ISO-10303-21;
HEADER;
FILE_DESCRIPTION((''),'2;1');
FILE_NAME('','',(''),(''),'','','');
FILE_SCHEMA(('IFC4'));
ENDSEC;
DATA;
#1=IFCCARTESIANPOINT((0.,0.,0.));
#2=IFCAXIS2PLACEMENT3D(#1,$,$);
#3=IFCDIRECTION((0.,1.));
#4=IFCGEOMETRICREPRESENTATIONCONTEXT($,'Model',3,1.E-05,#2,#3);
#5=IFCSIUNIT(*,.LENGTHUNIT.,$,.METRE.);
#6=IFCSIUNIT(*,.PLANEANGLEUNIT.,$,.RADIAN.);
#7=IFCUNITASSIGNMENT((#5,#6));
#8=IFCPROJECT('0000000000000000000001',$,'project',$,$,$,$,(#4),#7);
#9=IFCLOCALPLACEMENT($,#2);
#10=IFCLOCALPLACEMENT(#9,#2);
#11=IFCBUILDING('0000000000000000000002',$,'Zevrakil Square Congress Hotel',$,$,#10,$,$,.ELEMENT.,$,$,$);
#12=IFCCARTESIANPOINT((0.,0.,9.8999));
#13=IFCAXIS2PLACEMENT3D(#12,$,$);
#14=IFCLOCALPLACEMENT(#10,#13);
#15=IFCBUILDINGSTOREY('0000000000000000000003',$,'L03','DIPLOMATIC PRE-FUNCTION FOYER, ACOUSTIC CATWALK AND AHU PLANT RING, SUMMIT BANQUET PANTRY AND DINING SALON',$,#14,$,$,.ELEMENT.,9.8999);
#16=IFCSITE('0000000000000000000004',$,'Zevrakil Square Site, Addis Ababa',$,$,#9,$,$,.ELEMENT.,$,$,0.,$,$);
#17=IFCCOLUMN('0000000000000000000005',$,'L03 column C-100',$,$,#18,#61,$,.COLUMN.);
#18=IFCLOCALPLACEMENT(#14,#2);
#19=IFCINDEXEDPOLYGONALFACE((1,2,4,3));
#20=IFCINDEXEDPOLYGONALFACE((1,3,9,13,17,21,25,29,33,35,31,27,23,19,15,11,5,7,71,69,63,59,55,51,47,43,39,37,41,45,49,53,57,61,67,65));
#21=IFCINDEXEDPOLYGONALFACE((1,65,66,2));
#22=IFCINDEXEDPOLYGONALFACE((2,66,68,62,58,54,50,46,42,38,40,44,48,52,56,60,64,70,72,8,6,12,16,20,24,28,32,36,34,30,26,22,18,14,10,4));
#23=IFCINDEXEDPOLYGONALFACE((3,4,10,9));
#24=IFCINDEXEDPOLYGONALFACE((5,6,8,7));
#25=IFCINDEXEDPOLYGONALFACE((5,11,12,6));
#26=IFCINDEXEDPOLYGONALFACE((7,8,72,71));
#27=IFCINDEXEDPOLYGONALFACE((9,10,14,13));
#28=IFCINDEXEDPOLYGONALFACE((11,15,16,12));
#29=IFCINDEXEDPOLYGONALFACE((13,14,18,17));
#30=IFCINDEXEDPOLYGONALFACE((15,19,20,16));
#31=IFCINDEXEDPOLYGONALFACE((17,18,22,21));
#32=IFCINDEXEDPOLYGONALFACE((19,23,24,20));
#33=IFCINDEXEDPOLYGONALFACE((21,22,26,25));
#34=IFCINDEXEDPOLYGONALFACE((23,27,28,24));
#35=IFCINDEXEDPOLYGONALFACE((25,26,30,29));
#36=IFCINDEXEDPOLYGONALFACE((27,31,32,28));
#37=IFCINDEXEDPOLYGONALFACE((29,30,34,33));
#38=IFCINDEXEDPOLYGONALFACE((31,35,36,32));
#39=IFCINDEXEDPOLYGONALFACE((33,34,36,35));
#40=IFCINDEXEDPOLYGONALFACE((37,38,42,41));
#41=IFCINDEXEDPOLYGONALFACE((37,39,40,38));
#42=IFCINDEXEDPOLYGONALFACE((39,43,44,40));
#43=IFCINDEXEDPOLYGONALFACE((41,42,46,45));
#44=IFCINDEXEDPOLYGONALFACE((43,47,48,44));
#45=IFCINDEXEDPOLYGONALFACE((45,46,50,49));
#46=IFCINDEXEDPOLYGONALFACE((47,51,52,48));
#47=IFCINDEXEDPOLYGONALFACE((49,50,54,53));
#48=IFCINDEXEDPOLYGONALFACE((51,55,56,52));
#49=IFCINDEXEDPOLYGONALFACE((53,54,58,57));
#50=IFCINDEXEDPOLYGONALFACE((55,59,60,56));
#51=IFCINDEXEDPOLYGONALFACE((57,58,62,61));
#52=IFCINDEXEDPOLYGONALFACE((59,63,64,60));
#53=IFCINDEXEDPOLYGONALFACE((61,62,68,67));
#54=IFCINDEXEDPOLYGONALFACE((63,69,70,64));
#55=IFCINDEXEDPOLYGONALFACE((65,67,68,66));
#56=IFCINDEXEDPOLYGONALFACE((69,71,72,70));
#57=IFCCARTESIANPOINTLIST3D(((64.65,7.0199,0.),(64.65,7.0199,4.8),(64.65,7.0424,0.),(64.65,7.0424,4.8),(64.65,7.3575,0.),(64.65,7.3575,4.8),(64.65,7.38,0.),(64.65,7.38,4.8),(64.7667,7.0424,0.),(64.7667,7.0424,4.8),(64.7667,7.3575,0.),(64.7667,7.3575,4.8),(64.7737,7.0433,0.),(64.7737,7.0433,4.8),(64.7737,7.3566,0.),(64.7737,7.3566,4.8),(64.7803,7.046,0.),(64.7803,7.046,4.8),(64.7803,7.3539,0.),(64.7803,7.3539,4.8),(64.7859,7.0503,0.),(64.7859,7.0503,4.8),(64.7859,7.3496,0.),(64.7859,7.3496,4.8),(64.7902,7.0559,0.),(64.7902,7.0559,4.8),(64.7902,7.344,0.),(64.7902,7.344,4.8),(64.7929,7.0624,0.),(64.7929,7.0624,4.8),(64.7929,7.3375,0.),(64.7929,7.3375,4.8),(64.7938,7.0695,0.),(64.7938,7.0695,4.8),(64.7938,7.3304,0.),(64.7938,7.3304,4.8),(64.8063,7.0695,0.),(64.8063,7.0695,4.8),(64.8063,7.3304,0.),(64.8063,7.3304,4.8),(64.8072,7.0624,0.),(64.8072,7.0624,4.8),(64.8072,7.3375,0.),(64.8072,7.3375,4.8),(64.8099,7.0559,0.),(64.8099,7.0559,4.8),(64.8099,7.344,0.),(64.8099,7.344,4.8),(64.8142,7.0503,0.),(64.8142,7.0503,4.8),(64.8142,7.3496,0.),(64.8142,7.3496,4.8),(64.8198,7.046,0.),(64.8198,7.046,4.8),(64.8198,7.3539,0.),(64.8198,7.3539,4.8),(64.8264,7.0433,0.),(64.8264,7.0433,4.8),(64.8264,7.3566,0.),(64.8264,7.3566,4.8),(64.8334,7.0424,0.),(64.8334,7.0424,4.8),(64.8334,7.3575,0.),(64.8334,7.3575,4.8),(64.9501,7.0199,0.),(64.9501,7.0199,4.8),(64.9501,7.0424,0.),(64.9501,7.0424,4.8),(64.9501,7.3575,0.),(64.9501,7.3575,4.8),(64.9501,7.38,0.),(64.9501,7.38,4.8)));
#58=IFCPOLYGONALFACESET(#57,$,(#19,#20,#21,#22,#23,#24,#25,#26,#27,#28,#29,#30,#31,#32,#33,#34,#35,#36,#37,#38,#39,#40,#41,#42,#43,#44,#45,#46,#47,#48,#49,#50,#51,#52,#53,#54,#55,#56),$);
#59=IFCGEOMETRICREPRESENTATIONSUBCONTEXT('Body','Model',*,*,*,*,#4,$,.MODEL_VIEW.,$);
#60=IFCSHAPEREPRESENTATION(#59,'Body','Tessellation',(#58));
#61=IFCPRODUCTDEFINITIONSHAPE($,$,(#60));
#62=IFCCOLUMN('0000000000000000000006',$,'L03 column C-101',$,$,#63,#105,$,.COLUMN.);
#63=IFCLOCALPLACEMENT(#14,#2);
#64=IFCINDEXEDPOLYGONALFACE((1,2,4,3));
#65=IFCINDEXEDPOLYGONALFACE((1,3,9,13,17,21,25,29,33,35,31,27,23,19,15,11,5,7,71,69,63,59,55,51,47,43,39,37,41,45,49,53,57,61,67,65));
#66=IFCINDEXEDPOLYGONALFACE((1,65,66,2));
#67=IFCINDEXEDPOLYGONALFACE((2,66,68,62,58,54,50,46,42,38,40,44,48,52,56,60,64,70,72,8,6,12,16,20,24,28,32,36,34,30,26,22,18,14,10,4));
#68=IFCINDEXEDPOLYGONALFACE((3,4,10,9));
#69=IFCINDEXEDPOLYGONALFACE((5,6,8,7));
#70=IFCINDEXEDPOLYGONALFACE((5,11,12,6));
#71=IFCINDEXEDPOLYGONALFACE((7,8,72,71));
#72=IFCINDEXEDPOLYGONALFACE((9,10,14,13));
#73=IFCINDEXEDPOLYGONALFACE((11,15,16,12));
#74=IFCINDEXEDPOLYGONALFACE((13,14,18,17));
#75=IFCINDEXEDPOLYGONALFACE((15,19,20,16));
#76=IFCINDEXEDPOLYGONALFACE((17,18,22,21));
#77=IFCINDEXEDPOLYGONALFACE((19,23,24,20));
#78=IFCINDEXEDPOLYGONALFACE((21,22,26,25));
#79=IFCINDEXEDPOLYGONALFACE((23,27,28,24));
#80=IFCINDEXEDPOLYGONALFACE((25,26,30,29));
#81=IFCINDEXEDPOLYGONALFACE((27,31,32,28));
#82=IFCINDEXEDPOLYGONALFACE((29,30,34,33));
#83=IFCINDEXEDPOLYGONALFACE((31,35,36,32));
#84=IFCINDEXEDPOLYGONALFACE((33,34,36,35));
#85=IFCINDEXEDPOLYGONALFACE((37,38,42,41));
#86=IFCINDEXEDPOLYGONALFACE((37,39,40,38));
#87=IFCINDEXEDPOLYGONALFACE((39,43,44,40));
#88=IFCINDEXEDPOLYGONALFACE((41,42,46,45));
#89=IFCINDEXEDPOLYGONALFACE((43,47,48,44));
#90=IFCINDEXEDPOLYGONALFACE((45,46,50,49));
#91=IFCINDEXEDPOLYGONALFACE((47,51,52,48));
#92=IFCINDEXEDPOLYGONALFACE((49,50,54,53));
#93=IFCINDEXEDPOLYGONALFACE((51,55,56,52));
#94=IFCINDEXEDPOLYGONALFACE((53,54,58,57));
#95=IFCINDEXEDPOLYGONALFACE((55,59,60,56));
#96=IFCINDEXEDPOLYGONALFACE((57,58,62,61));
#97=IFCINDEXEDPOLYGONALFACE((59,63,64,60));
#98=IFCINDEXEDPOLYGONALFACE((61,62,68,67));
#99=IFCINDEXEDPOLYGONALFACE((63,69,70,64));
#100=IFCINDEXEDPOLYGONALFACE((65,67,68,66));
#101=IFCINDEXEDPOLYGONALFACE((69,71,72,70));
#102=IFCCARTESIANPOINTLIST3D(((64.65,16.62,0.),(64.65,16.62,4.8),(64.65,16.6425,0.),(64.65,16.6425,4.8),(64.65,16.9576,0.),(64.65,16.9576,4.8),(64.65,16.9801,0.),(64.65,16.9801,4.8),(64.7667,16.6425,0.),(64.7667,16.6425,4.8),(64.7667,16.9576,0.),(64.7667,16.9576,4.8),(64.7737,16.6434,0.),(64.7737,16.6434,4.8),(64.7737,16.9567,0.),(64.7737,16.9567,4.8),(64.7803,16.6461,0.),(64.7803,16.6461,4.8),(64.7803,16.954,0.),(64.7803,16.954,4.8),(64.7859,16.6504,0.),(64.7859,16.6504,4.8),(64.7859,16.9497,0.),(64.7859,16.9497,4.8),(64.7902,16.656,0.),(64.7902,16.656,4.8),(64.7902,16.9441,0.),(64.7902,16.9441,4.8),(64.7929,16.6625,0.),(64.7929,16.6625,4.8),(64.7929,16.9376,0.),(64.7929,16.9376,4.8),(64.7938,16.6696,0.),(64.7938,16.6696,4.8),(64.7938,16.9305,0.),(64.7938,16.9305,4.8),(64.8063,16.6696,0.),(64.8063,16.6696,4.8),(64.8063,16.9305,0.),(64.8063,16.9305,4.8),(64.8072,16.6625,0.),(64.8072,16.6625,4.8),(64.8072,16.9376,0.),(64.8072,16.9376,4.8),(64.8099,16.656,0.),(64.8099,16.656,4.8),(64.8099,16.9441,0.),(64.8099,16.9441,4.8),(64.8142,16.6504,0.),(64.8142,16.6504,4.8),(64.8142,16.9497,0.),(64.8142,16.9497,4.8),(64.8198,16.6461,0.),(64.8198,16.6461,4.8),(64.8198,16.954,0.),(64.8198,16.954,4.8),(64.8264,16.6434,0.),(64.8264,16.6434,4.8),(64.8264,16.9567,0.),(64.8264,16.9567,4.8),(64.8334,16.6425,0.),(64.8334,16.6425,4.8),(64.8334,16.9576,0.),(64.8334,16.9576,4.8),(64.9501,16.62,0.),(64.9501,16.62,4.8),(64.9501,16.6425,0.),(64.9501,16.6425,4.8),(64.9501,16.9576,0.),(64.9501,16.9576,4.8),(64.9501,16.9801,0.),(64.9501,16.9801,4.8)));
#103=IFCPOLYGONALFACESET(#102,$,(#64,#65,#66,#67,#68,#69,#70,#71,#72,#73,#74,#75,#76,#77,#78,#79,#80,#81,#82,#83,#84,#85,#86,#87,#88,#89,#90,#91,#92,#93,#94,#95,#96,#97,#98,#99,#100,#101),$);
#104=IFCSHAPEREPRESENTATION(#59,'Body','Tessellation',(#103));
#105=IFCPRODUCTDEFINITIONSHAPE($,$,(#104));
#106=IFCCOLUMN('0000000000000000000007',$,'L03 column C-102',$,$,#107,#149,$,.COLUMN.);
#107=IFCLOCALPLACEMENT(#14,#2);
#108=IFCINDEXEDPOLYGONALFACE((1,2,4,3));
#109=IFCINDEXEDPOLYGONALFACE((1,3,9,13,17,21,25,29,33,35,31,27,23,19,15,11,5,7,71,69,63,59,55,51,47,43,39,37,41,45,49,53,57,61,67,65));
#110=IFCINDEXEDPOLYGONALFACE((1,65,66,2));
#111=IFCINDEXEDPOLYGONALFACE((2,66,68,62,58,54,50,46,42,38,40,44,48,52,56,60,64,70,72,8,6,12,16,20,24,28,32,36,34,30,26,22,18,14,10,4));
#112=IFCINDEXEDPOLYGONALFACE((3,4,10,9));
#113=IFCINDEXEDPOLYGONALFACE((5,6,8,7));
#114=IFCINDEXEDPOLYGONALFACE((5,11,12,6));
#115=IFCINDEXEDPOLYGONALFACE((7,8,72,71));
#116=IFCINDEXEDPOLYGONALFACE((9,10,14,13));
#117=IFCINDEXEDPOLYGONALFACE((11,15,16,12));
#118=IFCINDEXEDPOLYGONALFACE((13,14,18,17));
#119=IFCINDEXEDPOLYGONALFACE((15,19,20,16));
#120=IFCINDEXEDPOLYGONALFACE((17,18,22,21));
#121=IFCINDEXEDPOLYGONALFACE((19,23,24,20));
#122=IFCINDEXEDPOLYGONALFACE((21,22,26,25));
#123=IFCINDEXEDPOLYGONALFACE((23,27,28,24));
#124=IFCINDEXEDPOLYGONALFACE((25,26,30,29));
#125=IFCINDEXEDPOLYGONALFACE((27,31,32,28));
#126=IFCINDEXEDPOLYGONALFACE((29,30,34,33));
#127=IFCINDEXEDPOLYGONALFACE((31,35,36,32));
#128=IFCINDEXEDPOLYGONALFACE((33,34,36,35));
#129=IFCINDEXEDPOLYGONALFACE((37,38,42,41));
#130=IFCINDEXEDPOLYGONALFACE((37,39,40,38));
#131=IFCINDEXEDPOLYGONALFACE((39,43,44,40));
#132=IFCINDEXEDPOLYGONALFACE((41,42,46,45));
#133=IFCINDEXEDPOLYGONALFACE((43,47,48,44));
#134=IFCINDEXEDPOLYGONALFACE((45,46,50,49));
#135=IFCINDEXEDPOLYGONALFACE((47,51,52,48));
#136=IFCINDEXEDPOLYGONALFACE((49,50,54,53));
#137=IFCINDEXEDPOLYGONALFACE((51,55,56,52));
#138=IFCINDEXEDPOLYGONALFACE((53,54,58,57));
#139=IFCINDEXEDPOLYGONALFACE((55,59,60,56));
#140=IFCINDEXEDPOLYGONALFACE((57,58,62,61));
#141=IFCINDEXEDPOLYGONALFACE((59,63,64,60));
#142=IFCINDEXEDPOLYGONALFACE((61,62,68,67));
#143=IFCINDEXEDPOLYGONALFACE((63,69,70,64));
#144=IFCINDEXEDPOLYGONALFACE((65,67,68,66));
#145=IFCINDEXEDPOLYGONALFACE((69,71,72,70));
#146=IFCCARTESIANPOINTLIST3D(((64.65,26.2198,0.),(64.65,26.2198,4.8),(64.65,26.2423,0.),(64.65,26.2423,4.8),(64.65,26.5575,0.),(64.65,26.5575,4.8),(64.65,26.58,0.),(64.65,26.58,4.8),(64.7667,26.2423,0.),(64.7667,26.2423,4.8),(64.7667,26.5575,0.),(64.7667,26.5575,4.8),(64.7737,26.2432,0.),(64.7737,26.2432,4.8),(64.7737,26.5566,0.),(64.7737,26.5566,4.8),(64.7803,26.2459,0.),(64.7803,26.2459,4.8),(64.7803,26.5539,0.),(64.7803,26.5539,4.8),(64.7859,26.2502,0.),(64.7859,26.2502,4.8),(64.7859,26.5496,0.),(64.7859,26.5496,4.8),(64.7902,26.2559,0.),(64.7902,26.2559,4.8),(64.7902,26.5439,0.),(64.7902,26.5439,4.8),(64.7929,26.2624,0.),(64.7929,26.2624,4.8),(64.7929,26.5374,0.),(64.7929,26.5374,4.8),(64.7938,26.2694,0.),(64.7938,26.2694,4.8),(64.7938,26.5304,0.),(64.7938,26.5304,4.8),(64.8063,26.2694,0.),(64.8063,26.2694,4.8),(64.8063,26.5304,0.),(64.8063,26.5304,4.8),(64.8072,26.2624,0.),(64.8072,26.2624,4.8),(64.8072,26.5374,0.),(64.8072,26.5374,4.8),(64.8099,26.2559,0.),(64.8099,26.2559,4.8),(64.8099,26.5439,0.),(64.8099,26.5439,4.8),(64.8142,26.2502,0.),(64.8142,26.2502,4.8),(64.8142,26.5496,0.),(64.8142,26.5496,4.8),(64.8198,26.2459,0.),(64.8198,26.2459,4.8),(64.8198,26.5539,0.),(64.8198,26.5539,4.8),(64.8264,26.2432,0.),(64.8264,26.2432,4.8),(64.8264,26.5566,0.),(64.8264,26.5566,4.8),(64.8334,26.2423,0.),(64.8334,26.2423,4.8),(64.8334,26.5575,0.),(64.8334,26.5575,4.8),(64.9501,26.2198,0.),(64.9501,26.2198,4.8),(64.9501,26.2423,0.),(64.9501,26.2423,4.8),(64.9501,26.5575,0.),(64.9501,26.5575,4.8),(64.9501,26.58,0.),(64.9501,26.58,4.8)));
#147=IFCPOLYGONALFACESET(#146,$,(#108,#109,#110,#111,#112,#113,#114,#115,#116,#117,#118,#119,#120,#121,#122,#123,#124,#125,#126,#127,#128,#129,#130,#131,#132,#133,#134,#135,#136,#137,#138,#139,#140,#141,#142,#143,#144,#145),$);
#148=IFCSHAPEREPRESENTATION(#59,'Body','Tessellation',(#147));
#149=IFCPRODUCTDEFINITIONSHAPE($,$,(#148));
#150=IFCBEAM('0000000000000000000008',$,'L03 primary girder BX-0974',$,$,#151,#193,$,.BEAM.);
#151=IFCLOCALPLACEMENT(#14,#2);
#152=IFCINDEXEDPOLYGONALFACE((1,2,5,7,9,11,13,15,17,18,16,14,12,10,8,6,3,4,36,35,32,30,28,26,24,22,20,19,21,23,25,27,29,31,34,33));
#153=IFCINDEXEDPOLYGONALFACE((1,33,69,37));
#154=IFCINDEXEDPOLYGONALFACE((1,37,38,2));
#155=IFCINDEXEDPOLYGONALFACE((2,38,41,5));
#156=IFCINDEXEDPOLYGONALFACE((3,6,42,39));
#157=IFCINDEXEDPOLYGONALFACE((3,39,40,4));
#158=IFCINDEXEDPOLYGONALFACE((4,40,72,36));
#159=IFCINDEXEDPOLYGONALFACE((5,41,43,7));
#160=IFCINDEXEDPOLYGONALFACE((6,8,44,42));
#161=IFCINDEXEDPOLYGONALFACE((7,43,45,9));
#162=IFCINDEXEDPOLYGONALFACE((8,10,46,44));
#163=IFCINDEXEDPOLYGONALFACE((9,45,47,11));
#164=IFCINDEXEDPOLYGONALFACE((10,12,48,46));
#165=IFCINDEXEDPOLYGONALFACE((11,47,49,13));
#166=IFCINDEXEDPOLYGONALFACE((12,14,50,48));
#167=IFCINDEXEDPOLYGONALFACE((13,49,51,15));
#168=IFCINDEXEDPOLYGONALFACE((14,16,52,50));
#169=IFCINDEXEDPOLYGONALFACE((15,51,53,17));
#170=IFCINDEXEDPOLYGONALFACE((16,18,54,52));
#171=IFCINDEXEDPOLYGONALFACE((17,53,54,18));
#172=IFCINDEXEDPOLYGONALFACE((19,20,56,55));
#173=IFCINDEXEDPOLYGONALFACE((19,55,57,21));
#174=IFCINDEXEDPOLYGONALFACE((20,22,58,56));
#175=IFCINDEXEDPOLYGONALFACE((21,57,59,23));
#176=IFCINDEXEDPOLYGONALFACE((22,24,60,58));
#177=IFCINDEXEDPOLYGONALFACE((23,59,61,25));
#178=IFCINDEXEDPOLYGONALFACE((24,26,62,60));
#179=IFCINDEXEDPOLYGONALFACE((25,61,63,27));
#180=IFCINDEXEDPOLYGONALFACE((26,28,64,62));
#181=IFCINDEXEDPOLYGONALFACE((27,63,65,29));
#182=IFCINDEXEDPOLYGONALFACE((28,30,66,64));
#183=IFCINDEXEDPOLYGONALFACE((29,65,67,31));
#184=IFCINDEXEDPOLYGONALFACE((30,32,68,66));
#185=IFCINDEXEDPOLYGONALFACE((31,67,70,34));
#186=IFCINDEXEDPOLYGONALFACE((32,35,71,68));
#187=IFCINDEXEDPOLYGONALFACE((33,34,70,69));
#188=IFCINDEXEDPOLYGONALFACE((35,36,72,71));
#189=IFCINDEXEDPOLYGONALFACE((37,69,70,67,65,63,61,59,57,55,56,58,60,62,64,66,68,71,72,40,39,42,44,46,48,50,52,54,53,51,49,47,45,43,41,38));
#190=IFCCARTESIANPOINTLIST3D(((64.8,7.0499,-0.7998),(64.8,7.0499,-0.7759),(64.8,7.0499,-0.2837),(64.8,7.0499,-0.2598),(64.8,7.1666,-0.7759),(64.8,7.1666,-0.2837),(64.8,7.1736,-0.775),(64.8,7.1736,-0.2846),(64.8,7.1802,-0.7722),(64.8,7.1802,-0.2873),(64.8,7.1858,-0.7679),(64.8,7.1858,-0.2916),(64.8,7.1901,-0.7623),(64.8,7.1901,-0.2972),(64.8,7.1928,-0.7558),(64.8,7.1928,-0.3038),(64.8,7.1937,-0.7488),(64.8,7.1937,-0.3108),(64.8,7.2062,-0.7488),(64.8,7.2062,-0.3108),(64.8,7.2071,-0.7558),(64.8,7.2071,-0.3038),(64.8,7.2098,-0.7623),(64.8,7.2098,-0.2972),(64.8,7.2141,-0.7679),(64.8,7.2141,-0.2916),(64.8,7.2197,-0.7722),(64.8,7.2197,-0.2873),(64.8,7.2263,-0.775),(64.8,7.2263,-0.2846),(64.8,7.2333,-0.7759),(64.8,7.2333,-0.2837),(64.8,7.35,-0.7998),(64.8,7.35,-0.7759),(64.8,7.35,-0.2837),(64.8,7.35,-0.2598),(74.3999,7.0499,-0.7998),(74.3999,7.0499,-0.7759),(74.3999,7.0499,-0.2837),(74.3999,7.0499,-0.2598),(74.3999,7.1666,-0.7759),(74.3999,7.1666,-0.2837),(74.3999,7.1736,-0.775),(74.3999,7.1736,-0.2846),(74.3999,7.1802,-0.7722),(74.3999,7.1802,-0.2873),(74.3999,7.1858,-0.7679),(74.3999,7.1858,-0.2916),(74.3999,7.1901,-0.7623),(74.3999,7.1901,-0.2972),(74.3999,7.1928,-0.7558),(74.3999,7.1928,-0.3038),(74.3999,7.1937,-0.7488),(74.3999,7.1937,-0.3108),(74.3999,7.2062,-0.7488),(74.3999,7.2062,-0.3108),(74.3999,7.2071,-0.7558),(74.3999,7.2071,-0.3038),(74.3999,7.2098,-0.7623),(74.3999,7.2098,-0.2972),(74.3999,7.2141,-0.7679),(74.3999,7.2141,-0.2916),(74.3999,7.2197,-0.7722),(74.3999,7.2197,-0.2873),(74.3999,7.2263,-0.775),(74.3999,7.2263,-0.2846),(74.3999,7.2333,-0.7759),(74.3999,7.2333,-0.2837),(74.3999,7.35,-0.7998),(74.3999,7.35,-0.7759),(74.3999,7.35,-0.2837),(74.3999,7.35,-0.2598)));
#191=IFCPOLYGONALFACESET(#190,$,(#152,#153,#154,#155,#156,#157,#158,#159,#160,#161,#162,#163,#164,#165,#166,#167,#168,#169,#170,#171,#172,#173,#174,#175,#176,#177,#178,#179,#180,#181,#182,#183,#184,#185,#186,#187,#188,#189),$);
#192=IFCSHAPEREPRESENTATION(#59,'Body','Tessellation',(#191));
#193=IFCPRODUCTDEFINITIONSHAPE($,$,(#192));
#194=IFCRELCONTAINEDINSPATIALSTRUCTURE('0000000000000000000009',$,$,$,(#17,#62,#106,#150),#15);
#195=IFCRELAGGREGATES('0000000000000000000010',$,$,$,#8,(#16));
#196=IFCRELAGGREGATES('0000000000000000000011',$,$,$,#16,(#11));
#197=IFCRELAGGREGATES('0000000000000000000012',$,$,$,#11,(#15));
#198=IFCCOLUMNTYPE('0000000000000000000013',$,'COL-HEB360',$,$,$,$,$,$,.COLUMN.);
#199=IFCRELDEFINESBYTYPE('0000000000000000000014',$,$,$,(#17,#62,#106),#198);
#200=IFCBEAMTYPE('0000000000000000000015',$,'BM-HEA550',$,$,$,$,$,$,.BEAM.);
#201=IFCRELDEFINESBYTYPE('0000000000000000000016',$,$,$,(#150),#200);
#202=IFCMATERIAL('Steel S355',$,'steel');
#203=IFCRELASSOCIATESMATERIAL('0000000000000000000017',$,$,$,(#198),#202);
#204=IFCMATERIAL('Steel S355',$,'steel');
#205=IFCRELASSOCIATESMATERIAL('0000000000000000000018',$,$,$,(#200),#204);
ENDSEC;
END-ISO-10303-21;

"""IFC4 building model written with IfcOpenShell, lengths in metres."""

from ifc_helpers import new_model, si_unit, direction, frame, origin, origin_2d, place, context, subcontext, project, spatial, i_section, extrude, material, material_profile, profile_set, type_object, element, save


model = new_model("IFC4")

# Units and contexts
model_context = context("Model", 3, precision=1e-05, world=origin(), true_north=direction((0.0, 1.0)))
body_context = subcontext(model_context, "Body", "Model", "MODEL_VIEW")
ifc_project = project(units=[si_unit("LENGTHUNIT", "METRE"), si_unit("PLANEANGLEUNIT", "RADIAN")], contexts=[model_context])

# Site, building, storey
site_placement = place(None, origin())
site = spatial("IfcSite", under=ifc_project, at=site_placement, Name="Zevrakil Square Site, Addis Ababa", CompositionType="ELEMENT", RefElevation=0.0)
building_placement = place(site_placement, origin())
building = spatial("IfcBuilding", under=site, at=building_placement, Name="Zevrakil Square Congress Hotel", CompositionType="ELEMENT")
storey_placement = place(building_placement, frame((0.0, 0.0, 9.8999)))
storey = spatial("IfcBuildingStorey", under=building, at=storey_placement, Name="L03", Description="DIPLOMATIC PRE-FUNCTION FOYER, ACOUSTIC CATWALK AND AHU PLANT RING, SUMMIT BANQUET PANTRY AND DINING SALON", CompositionType="ELEMENT", Elevation=9.8999)

# Columns
ifc_material_1 = material(Name="Steel S355", Category="steel")
ifc_material_profile_1 = material_profile(ifc_material_1, i_section(OverallWidth=0.3, OverallDepth=0.3601, WebThickness=0.0125, FlangeThickness=0.0225, FilletRadius=0.0271, at=origin_2d()), Name="HEB 360")
ifc_profile_set_1 = profile_set([ifc_material_profile_1], Name="Steel S355")
column_type = type_object("IfcColumnType", Name="COL-HEB360", PredefinedType="COLUMN", material=ifc_profile_set_1)
for number, where, z_axis, x_axis, name in (
    (1, (64.8, 7.2, 0.0), (0.0, 0.0, 1.0), (1.0, 0.0, 0.0), "L03 column C-100"),
    (2, (64.8, 16.8, 0.0), (0.0, 0.0, 1.0), (1.0, 0.0, 0.0), "L03 column C-101"),
    (3, (64.8, 26.3999, 0.0), (0.0, 0.0, 1.0), (1.0, 0.0, 0.0), "L03 column C-102"),
):
    element("IfcColumn", number, at=place(storey_placement, frame(where, z_axis=z_axis, x_axis=x_axis)), inside=storey, type_object=column_type, Name=name, PredefinedType="COLUMN", context=body_context, shape_type="SweptSolid", body=[
        extrude(i_section(OverallWidth=0.3, OverallDepth=0.3601, WebThickness=0.0125, FlangeThickness=0.0225, FilletRadius=0.0271, at=origin_2d()), origin(), (0.0, 0.0, 1.0), 4.8),
    ])

# Beam
ifc_material_2 = material(Name="Steel S355", Category="steel")
ifc_material_profile_2 = material_profile(ifc_material_2, i_section(OverallWidth=0.3, OverallDepth=0.54, WebThickness=0.0125, FlangeThickness=0.0239, FilletRadius=0.0271, at=origin_2d()), Name="HEA 550")
ifc_profile_set_2 = profile_set([ifc_material_profile_2], Name="Steel S355")
beam_type_1 = type_object("IfcBeamType", Name="BM-HEA550", PredefinedType="BEAM", material=ifc_profile_set_2)
for number, where, z_axis, x_axis, name in (
    (4, (64.8, 7.2, -0.5298), (1.0, 0.0, 0.0), (0.0, 1.0, 0.0), "L03 primary girder BX-0974"),
):
    element("IfcBeam", number, at=place(storey_placement, frame(where, z_axis=z_axis, x_axis=x_axis)), inside=storey, type_object=beam_type_1, Name=name, PredefinedType="BEAM", context=body_context, shape_type="SweptSolid", body=[
        extrude(i_section(OverallWidth=0.3, OverallDepth=0.54, WebThickness=0.0125, FlangeThickness=0.0239, FilletRadius=0.0271, at=origin_2d()), origin(), (0.0, 0.0, 1.0), 9.5999),
    ])

save(model, "model.ifc")
